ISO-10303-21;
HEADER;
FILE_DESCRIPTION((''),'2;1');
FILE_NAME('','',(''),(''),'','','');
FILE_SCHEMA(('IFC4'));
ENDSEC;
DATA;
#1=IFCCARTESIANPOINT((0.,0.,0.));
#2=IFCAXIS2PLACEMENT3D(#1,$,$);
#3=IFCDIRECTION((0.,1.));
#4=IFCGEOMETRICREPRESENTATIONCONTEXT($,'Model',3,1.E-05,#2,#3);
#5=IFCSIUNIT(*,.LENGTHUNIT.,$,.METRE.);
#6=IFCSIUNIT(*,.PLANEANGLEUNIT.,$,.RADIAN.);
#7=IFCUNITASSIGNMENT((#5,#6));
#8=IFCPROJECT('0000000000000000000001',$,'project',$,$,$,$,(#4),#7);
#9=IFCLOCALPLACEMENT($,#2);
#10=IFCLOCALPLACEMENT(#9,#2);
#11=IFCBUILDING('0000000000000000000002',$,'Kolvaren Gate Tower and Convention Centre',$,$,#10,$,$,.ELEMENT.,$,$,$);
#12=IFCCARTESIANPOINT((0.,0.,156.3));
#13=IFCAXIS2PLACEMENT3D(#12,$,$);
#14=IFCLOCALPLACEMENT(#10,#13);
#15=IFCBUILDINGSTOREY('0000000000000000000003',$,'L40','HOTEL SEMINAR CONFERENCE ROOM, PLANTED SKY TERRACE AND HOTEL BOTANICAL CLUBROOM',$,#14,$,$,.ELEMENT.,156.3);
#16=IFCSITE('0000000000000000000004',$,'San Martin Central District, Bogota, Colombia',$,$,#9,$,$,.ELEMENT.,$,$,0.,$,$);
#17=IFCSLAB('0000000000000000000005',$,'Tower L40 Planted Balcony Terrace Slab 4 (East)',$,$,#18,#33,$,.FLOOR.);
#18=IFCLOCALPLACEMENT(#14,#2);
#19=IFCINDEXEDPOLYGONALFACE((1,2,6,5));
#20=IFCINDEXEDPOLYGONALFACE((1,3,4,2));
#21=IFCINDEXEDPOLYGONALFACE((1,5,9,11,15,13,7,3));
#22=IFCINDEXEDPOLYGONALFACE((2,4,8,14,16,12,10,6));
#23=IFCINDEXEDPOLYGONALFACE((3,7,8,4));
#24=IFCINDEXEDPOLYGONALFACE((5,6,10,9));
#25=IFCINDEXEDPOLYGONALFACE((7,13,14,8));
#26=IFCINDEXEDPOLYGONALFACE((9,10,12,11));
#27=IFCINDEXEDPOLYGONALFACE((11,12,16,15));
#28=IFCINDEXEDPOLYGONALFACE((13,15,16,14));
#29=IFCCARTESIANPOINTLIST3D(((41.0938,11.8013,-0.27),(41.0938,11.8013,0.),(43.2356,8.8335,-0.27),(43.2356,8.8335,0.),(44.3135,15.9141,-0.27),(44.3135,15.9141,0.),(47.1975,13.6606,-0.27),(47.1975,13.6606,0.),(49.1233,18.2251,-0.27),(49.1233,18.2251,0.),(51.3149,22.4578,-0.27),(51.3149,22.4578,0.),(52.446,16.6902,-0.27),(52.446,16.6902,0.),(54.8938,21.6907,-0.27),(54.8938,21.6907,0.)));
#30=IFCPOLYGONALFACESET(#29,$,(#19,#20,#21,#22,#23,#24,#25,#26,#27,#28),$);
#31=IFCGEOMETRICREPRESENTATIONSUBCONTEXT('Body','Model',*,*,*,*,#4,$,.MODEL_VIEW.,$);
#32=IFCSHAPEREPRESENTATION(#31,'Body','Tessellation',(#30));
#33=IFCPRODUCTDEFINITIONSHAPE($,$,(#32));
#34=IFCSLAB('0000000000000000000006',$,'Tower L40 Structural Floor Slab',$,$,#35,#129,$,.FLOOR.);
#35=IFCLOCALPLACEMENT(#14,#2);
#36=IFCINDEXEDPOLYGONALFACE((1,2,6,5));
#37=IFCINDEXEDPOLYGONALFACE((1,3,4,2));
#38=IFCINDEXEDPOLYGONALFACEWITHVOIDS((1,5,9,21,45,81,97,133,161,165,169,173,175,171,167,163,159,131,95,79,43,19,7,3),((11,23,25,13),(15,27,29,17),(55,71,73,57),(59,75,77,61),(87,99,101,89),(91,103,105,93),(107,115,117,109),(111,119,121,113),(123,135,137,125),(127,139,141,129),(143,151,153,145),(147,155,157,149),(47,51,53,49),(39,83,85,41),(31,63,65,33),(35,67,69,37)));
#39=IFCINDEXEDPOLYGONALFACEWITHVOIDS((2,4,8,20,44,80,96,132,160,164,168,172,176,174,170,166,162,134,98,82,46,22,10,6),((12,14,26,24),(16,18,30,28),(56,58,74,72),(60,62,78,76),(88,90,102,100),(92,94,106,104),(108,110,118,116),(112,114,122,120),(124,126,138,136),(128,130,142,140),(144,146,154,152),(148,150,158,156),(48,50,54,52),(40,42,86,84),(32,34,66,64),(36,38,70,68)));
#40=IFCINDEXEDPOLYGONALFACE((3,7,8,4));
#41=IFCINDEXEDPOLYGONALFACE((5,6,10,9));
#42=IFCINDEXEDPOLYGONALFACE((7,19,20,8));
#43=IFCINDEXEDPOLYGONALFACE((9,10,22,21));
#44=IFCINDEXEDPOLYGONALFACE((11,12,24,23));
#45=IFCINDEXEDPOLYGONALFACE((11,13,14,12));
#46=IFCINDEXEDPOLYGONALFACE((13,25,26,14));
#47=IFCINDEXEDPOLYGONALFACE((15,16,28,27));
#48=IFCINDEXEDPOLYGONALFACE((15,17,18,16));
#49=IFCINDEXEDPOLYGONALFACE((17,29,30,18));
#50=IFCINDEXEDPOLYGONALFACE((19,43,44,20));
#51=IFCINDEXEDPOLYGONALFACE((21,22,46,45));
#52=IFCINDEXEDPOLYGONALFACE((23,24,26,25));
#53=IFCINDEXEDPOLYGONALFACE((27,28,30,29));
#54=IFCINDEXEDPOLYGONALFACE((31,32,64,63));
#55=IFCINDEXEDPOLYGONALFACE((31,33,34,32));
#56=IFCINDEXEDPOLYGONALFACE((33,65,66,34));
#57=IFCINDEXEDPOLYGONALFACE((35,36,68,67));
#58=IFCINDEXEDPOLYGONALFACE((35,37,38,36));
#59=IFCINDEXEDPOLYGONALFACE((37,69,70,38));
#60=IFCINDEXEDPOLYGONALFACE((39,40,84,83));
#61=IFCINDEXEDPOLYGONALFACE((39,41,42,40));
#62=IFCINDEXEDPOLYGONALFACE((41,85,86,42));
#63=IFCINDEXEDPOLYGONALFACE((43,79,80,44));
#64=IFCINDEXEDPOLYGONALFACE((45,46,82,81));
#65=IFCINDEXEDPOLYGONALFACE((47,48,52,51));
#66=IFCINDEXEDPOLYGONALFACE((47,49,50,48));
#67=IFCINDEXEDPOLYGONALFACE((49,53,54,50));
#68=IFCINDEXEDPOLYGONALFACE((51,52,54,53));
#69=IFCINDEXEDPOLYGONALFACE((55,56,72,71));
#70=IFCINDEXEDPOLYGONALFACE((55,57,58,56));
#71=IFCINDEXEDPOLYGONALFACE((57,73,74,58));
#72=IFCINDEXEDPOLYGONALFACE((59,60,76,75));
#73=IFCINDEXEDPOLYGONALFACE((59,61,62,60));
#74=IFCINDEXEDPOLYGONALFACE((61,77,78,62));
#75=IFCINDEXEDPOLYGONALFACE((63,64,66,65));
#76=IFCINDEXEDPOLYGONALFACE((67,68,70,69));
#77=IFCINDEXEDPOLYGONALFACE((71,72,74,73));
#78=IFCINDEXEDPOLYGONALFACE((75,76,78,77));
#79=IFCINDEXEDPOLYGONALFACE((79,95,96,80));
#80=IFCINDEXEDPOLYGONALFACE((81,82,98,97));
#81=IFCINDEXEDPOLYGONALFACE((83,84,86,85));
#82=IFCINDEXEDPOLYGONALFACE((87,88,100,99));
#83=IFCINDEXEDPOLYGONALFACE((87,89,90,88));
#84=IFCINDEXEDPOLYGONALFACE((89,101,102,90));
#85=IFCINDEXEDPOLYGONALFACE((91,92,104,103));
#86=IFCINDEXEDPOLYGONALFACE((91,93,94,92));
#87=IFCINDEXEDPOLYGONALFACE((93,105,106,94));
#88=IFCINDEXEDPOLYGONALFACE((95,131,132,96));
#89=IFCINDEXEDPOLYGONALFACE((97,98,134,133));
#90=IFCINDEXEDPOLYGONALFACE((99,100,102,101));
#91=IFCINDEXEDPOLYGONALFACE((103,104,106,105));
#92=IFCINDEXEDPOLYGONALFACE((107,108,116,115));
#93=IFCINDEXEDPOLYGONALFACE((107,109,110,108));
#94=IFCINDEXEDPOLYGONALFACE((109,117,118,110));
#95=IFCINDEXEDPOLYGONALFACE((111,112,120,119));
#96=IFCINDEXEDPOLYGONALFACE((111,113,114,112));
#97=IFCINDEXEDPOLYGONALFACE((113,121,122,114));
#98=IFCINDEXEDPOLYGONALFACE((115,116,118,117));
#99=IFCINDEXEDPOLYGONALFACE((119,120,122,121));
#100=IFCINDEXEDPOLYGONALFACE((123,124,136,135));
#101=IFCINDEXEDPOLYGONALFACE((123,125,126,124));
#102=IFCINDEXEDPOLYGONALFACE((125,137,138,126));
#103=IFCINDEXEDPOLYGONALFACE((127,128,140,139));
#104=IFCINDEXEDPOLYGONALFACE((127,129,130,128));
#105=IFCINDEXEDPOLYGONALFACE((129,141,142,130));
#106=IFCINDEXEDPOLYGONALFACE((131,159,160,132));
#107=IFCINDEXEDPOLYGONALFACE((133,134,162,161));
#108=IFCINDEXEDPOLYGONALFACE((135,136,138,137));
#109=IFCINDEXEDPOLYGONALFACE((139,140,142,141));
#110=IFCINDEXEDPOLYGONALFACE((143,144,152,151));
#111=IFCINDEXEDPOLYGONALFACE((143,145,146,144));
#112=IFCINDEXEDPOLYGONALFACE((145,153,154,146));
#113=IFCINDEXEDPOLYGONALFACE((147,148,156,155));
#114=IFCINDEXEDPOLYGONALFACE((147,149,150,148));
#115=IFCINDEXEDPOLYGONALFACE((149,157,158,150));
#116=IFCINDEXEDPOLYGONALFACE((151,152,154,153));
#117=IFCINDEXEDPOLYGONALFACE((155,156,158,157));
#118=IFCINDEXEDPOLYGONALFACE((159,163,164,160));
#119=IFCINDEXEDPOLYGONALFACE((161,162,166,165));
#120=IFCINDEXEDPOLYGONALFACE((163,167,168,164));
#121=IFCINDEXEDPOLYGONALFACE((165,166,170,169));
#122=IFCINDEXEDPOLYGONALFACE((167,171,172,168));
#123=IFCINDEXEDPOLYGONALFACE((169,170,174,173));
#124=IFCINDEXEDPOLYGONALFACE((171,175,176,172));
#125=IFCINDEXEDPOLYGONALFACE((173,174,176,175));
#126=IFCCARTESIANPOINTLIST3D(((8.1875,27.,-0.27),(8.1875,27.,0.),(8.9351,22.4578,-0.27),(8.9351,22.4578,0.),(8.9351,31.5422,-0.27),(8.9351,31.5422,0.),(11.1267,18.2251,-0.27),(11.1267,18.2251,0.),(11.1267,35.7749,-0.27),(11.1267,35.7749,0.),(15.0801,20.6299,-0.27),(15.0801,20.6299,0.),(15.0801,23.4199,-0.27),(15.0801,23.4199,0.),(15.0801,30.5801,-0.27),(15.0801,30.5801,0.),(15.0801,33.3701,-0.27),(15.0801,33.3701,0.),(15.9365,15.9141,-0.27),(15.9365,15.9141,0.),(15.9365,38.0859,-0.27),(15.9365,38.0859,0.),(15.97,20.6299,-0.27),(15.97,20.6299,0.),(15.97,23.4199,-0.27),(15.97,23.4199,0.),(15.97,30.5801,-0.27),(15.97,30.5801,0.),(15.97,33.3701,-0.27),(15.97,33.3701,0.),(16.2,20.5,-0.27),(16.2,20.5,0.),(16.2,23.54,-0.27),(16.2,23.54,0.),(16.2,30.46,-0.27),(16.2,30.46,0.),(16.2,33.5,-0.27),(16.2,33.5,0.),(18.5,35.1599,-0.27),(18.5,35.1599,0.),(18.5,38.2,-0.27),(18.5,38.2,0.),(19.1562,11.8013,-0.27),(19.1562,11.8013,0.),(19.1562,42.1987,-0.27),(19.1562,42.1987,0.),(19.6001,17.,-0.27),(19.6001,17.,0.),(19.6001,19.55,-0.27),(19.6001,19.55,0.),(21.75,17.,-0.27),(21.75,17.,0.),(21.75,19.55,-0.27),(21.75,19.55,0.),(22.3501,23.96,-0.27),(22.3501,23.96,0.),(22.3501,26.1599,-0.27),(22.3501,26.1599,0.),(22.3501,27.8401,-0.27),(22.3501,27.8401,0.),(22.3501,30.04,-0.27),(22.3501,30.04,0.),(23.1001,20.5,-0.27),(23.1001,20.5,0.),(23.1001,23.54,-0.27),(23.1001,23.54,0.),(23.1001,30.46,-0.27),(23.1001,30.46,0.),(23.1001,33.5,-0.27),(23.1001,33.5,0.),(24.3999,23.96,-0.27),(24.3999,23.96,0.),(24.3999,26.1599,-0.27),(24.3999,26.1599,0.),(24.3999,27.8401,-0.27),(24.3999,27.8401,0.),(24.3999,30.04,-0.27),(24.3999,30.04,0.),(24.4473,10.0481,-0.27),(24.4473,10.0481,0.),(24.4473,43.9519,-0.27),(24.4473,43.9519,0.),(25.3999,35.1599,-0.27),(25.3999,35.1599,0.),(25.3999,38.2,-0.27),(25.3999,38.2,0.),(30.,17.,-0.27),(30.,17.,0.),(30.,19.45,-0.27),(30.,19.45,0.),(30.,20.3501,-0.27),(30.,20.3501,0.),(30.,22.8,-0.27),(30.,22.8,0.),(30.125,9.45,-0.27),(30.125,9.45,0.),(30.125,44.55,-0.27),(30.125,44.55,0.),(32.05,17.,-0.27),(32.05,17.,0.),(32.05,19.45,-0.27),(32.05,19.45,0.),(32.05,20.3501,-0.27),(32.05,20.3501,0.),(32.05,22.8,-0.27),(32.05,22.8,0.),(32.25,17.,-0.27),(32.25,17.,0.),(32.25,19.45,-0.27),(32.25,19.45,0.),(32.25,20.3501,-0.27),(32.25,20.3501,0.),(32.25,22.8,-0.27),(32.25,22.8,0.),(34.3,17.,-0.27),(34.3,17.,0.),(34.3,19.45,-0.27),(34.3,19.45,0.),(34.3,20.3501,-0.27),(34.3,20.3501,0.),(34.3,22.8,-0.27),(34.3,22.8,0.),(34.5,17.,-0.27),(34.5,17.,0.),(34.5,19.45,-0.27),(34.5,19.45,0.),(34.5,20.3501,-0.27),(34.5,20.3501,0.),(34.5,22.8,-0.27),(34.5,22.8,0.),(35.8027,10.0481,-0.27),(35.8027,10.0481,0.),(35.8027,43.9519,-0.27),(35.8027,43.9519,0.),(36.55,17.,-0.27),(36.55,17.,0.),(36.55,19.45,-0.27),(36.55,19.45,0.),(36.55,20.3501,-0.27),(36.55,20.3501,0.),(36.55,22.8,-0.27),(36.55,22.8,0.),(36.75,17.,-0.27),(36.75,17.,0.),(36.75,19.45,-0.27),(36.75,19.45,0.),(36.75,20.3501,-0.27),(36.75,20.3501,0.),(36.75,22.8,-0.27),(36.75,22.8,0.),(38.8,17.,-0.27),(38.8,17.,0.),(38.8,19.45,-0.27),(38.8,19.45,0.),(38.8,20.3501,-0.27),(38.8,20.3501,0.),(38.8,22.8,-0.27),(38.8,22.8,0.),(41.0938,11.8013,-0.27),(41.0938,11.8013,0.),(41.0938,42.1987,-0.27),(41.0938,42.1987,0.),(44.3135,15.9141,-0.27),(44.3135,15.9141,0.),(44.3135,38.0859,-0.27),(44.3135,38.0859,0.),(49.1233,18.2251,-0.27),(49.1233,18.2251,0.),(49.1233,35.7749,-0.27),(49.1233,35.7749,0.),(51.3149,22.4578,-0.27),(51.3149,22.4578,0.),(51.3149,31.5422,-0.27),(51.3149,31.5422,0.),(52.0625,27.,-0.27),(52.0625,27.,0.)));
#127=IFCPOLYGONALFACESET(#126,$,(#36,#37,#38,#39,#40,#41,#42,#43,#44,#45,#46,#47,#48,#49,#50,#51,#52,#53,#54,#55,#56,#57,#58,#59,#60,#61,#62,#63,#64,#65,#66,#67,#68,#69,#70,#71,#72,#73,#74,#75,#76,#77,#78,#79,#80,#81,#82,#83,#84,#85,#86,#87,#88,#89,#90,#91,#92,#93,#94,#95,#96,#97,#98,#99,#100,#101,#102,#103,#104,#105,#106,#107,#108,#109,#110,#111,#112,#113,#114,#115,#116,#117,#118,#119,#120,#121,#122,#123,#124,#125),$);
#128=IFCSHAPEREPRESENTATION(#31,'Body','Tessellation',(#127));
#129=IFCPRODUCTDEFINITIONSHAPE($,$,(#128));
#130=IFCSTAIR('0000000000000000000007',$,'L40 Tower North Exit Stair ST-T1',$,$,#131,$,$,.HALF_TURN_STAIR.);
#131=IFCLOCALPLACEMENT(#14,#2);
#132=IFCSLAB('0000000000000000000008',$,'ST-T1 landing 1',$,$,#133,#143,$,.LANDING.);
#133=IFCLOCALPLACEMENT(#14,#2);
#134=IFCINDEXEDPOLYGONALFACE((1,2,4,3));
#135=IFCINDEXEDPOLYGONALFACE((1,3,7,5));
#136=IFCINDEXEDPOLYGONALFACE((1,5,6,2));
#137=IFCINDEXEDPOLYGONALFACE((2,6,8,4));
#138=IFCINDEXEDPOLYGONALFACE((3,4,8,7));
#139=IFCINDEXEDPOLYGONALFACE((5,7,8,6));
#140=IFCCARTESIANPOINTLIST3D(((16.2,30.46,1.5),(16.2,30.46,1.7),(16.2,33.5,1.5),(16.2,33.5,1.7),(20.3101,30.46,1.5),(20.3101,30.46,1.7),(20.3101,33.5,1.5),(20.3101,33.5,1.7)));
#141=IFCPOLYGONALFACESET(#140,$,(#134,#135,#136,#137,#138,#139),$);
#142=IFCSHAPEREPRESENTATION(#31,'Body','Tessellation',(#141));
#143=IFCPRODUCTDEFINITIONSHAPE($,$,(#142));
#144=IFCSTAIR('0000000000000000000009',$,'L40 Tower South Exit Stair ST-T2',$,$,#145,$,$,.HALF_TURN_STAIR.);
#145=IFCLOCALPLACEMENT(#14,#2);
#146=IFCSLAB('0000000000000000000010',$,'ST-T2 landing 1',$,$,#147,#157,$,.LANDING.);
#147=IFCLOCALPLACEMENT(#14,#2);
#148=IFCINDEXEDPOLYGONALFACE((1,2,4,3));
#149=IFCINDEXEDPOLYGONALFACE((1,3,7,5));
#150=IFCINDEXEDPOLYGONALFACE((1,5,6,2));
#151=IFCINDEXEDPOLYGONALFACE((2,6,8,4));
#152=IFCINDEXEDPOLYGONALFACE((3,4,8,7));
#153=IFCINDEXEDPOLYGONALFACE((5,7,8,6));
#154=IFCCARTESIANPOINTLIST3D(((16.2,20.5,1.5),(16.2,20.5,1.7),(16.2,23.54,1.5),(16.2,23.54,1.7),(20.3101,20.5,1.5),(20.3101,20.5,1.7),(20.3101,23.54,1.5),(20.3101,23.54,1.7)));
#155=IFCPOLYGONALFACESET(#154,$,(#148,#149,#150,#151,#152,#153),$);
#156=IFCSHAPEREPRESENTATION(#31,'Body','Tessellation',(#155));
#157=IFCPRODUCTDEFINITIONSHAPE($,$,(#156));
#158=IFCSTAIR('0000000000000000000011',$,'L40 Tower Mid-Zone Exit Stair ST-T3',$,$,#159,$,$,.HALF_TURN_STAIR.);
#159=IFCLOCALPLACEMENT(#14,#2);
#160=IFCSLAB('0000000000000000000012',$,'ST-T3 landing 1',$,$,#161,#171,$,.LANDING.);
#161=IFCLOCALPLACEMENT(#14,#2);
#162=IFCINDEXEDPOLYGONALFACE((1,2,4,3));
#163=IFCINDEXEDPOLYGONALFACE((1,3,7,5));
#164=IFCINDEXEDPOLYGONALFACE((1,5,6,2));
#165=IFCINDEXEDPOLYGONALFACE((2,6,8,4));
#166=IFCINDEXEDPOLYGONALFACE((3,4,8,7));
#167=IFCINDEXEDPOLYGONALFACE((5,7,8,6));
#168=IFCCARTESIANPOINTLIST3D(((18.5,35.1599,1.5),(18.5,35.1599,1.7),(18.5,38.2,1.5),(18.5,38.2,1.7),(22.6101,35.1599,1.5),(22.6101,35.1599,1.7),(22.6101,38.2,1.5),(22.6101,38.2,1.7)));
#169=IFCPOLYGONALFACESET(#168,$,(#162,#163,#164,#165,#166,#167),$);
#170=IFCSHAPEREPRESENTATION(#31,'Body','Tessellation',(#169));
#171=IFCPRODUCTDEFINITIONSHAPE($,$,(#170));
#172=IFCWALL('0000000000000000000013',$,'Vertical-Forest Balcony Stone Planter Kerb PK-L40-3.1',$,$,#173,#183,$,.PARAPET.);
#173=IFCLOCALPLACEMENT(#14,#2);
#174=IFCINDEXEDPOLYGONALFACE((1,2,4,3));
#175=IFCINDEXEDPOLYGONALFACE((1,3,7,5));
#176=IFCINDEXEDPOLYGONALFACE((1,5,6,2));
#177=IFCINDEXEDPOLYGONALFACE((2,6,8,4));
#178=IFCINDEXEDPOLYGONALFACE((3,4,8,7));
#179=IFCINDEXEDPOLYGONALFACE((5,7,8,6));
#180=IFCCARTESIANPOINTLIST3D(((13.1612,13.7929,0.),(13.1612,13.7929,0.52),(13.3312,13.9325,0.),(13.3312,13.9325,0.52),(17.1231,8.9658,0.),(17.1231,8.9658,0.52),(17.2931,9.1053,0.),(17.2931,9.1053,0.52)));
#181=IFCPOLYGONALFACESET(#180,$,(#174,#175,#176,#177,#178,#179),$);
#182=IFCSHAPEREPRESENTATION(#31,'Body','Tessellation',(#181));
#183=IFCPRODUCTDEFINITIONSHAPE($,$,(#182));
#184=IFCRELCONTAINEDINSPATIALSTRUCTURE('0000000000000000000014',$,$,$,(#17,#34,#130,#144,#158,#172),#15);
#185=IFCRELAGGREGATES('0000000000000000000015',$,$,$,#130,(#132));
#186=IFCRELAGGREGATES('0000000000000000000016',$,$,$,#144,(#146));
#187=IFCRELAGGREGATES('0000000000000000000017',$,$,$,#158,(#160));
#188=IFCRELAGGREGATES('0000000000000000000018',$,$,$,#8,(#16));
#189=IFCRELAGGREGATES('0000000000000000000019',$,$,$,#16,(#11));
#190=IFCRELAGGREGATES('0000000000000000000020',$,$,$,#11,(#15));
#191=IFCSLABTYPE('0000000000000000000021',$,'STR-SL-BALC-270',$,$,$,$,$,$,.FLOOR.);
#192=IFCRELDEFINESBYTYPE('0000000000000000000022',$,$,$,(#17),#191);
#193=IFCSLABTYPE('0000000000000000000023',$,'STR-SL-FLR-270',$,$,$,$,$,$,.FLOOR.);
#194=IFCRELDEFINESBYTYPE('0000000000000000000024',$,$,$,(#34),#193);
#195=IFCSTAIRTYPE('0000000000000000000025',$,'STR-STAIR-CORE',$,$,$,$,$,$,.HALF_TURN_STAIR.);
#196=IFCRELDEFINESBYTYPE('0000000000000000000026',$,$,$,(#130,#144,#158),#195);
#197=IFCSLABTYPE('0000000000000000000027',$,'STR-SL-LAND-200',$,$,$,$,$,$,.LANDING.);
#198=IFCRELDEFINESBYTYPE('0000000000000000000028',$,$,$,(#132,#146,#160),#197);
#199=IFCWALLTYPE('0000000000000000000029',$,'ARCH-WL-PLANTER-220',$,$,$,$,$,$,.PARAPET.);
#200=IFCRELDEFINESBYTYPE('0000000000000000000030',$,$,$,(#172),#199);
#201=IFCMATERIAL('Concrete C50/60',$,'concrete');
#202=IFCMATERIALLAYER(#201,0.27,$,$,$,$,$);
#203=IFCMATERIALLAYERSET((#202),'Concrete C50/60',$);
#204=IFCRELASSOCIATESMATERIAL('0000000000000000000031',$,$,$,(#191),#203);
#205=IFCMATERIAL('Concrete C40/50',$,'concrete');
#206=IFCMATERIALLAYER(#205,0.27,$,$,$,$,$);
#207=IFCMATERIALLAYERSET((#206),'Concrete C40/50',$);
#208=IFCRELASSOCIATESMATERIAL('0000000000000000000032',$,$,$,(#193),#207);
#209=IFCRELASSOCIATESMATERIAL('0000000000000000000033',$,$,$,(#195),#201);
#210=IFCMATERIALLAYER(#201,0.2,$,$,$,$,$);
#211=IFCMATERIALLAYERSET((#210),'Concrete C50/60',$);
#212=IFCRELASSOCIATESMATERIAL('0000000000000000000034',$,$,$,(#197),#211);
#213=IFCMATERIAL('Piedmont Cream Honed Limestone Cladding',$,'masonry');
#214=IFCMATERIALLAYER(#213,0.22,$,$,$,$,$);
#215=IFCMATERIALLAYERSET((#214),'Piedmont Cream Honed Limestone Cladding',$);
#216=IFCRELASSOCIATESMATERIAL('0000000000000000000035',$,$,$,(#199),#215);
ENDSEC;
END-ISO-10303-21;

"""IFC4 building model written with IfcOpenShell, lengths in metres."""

from ifc_helpers import new_model, si_unit, direction, frame, frame_2d, origin, place, context, subcontext, project, spatial, polyline, rectangle, outline, extrude, material, layer, layer_set, type_object, element, aggregate, save


model = new_model("IFC4")

# Units and contexts
model_context = context("Model", 3, precision=1e-05, world=origin(), true_north=direction((0.0, 1.0)))
body_context = subcontext(model_context, "Body", "Model", "MODEL_VIEW")
ifc_project = project(units=[si_unit("LENGTHUNIT", "METRE"), si_unit("PLANEANGLEUNIT", "RADIAN")], contexts=[model_context])

# Site, building, storey
site_placement = place(None, origin())
site = spatial("IfcSite", under=ifc_project, at=site_placement, Name="San Martin Central District, Bogota, Colombia", CompositionType="ELEMENT", RefElevation=0.0)
building_placement = place(site_placement, origin())
building = spatial("IfcBuilding", under=site, at=building_placement, Name="Kolvaren Gate Tower and Convention Centre", CompositionType="ELEMENT")
storey_placement = place(building_placement, frame((0.0, 0.0, 156.3)))
storey = spatial("IfcBuildingStorey", under=building, at=storey_placement, Name="L40", Description="HOTEL SEMINAR CONFERENCE ROOM, PLANTED SKY TERRACE AND HOTEL BOTANICAL CLUBROOM", CompositionType="ELEMENT", Elevation=156.3)

# Slabs
ifc_material_1 = material(Name="Concrete C50/60", Category="concrete")
ifc_layer_1 = layer(ifc_material_1, 0.27)
ifc_layer_set_1 = layer_set([ifc_layer_1], Name="Concrete C50/60")
slab_type_1 = type_object("IfcSlabType", Name="STR-SL-BALC-270", PredefinedType="FLOOR", material=ifc_layer_set_1)
slab_1_placement = place(storey_placement, frame((0.0, 0.0, -0.27)))
element("IfcSlab", 1, at=slab_1_placement, inside=storey, type_object=slab_type_1, Name="Tower L40 Planted Balcony Terrace Slab 4 (East)", PredefinedType="FLOOR", context=body_context, shape_type="SweptSolid", body=[
    extrude(outline(polyline([(41.0938, 11.8013), (44.3135, 15.9141), (49.1233, 18.2251), (51.3149, 22.4578), (54.8938, 21.6907), (52.446, 16.6902), (47.1975, 13.6606), (43.2356, 8.8335), (41.0938, 11.8013)])), origin(), (0.0, 0.0, 1.0), 0.27),
])
ifc_material_2 = material(Name="Concrete C40/50", Category="concrete")
ifc_layer_2 = layer(ifc_material_2, 0.27)
ifc_layer_set_2 = layer_set([ifc_layer_2], Name="Concrete C40/50")
slab_type_2 = type_object("IfcSlabType", Name="STR-SL-FLR-270", PredefinedType="FLOOR", material=ifc_layer_set_2)
slab_2_placement = place(storey_placement, frame((0.0, 0.0, -0.27)))
element("IfcSlab", 2, at=slab_2_placement, inside=storey, type_object=slab_type_2, Name="Tower L40 Structural Floor Slab", PredefinedType="FLOOR", context=body_context, shape_type="SweptSolid", body=[
    extrude(outline(polyline([(52.0625, 27.0), (51.3149, 31.5422), (49.1233, 35.7749), (44.3135, 38.0859), (41.0938, 42.1987), (35.8027, 43.9519), (30.125, 44.55), (24.4473, 43.9519), (19.1562, 42.1987), (15.9365, 38.0859), (11.1267, 35.7749), (8.9351, 31.5422), (8.1875, 27.0), (8.9351, 22.4578), (11.1267, 18.2251), (15.9365, 15.9141), (19.1562, 11.8013), (24.4473, 10.0481), (30.125, 9.45), (35.8027, 10.0481), (41.0938, 11.8013), (44.3135, 15.9141), (49.1233, 18.2251), (51.3149, 22.4578), (52.0625, 27.0)]), holes=[polyline([(36.75, 17.0), (36.75, 19.45), (38.8, 19.45), (38.8, 17.0), (36.75, 17.0)]), polyline([(36.75, 20.3501), (36.75, 22.8), (38.8, 22.8), (38.8, 20.3501), (36.75, 20.3501)]), polyline([(34.5, 17.0), (34.5, 19.45), (36.55, 19.45), (36.55, 17.0), (34.5, 17.0)]), polyline([(34.5, 20.3501), (34.5, 22.8), (36.55, 22.8), (36.55, 20.3501), (34.5, 20.3501)]), polyline([(32.25, 17.0), (32.25, 19.45), (34.3, 19.45), (34.3, 17.0), (32.25, 17.0)]), polyline([(32.25, 20.3501), (32.25, 22.8), (34.3, 22.8), (34.3, 20.3501), (32.25, 20.3501)]), polyline([(30.0, 17.0), (30.0, 19.45), (32.05, 19.45), (32.05, 17.0), (30.0, 17.0)]), polyline([(30.0, 20.3501), (30.0, 22.8), (32.05, 22.8), (32.05, 20.3501), (30.0, 20.3501)]), polyline([(25.3999, 38.2), (25.3999, 35.1599), (18.5, 35.1599), (18.5, 38.2), (25.3999, 38.2)]), polyline([(22.3501, 23.96), (22.3501, 26.1599), (24.3999, 26.1599), (24.3999, 23.96), (22.3501, 23.96)]), polyline([(22.3501, 27.8401), (22.3501, 30.04), (24.3999, 30.04), (24.3999, 27.8401), (22.3501, 27.8401)]), polyline([(23.1001, 23.54), (23.1001, 20.5), (16.2, 20.5), (16.2, 23.54), (23.1001, 23.54)]), polyline([(23.1001, 33.5), (23.1001, 30.46), (16.2, 30.46), (16.2, 33.5), (23.1001, 33.5)]), polyline([(19.6001, 17.0), (19.6001, 19.55), (21.75, 19.55), (21.75, 17.0), (19.6001, 17.0)]), polyline([(15.0801, 20.6299), (15.0801, 23.4199), (15.97, 23.4199), (15.97, 20.6299), (15.0801, 20.6299)]), polyline([(15.0801, 30.5801), (15.0801, 33.3701), (15.97, 33.3701), (15.97, 30.5801), (15.0801, 30.5801)])]), origin(), (0.0, 0.0, 1.0), 0.27),
])

# Stairs, slabs
stair_type = type_object("IfcStairType", Name="STR-STAIR-CORE", PredefinedType="HALF_TURN_STAIR", material=ifc_material_1)
stair_1_placement = place(storey_placement, origin())
stair_1 = element("IfcStair", 3, at=stair_1_placement, inside=storey, type_object=stair_type, Name="L40 Tower North Exit Stair ST-T1", PredefinedType="HALF_TURN_STAIR")
ifc_layer_3 = layer(ifc_material_1, 0.2)
ifc_layer_set_3 = layer_set([ifc_layer_3], Name="Concrete C50/60")
slab_type_3 = type_object("IfcSlabType", Name="STR-SL-LAND-200", PredefinedType="LANDING", material=ifc_layer_set_3)
slab_3_placement = place(storey_placement, frame((0.0, 0.0, 1.5)))
slab_3 = element("IfcSlab", 4, at=slab_3_placement, type_object=slab_type_3, Name="ST-T1 landing 1", PredefinedType="LANDING", context=body_context, shape_type="SweptSolid", body=[
    extrude(outline(polyline([(20.3101, 33.5), (16.2, 33.5), (16.2, 30.46), (20.3101, 30.46), (20.3101, 33.5)])), origin(), (0.0, 0.0, 1.0), 0.2),
])
aggregate(stair_1, [slab_3])
stair_2_placement = place(storey_placement, origin())
stair_2 = element("IfcStair", 5, at=stair_2_placement, inside=storey, type_object=stair_type, Name="L40 Tower South Exit Stair ST-T2", PredefinedType="HALF_TURN_STAIR")
slab_4_placement = place(storey_placement, frame((0.0, 0.0, 1.5)))
slab_4 = element("IfcSlab", 6, at=slab_4_placement, type_object=slab_type_3, Name="ST-T2 landing 1", PredefinedType="LANDING", context=body_context, shape_type="SweptSolid", body=[
    extrude(outline(polyline([(20.3101, 23.54), (16.2, 23.54), (16.2, 20.5), (20.3101, 20.5), (20.3101, 23.54)])), origin(), (0.0, 0.0, 1.0), 0.2),
])
aggregate(stair_2, [slab_4])
stair_3_placement = place(storey_placement, origin())
stair_3 = element("IfcStair", 7, at=stair_3_placement, inside=storey, type_object=stair_type, Name="L40 Tower Mid-Zone Exit Stair ST-T3", PredefinedType="HALF_TURN_STAIR")
slab_5_placement = place(storey_placement, frame((0.0, 0.0, 1.5)))
slab_5 = element("IfcSlab", 8, at=slab_5_placement, type_object=slab_type_3, Name="ST-T3 landing 1", PredefinedType="LANDING", context=body_context, shape_type="SweptSolid", body=[
    extrude(outline(polyline([(22.6101, 38.2), (18.5, 38.2), (18.5, 35.1599), (22.6101, 35.1599), (22.6101, 38.2)])), origin(), (0.0, 0.0, 1.0), 0.2),
])
aggregate(stair_3, [slab_5])

# Wall
ifc_material_3 = material(Name="Piedmont Cream Honed Limestone Cladding", Category="masonry")
ifc_layer_4 = layer(ifc_material_3, 0.22)
ifc_layer_set_4 = layer_set([ifc_layer_4], Name="Piedmont Cream Honed Limestone Cladding")
wall_type_1 = type_object("IfcWallType", Name="ARCH-WL-PLANTER-220", PredefinedType="PARAPET", material=ifc_layer_set_4)
wall_1_placement = place(storey_placement, frame((13.2461, 13.8628, 0.0), z_axis=(0.0, 0.0, 1.0), x_axis=(0.634429, -0.772981, 0.0)))
element("IfcWall", 9, at=wall_1_placement, inside=storey, type_object=wall_type_1, Name="Vertical-Forest Balcony Stone Planter Kerb PK-L40-3.1", PredefinedType="PARAPET", context=body_context, shape_type="SweptSolid", body=[
    extrude(rectangle(XDim=6.2449, YDim=0.22, at=frame_2d((3.1226, 0.0))), origin(), (0.0, 0.0, 1.0), 0.52),
])

save(model, "model.ifc")
